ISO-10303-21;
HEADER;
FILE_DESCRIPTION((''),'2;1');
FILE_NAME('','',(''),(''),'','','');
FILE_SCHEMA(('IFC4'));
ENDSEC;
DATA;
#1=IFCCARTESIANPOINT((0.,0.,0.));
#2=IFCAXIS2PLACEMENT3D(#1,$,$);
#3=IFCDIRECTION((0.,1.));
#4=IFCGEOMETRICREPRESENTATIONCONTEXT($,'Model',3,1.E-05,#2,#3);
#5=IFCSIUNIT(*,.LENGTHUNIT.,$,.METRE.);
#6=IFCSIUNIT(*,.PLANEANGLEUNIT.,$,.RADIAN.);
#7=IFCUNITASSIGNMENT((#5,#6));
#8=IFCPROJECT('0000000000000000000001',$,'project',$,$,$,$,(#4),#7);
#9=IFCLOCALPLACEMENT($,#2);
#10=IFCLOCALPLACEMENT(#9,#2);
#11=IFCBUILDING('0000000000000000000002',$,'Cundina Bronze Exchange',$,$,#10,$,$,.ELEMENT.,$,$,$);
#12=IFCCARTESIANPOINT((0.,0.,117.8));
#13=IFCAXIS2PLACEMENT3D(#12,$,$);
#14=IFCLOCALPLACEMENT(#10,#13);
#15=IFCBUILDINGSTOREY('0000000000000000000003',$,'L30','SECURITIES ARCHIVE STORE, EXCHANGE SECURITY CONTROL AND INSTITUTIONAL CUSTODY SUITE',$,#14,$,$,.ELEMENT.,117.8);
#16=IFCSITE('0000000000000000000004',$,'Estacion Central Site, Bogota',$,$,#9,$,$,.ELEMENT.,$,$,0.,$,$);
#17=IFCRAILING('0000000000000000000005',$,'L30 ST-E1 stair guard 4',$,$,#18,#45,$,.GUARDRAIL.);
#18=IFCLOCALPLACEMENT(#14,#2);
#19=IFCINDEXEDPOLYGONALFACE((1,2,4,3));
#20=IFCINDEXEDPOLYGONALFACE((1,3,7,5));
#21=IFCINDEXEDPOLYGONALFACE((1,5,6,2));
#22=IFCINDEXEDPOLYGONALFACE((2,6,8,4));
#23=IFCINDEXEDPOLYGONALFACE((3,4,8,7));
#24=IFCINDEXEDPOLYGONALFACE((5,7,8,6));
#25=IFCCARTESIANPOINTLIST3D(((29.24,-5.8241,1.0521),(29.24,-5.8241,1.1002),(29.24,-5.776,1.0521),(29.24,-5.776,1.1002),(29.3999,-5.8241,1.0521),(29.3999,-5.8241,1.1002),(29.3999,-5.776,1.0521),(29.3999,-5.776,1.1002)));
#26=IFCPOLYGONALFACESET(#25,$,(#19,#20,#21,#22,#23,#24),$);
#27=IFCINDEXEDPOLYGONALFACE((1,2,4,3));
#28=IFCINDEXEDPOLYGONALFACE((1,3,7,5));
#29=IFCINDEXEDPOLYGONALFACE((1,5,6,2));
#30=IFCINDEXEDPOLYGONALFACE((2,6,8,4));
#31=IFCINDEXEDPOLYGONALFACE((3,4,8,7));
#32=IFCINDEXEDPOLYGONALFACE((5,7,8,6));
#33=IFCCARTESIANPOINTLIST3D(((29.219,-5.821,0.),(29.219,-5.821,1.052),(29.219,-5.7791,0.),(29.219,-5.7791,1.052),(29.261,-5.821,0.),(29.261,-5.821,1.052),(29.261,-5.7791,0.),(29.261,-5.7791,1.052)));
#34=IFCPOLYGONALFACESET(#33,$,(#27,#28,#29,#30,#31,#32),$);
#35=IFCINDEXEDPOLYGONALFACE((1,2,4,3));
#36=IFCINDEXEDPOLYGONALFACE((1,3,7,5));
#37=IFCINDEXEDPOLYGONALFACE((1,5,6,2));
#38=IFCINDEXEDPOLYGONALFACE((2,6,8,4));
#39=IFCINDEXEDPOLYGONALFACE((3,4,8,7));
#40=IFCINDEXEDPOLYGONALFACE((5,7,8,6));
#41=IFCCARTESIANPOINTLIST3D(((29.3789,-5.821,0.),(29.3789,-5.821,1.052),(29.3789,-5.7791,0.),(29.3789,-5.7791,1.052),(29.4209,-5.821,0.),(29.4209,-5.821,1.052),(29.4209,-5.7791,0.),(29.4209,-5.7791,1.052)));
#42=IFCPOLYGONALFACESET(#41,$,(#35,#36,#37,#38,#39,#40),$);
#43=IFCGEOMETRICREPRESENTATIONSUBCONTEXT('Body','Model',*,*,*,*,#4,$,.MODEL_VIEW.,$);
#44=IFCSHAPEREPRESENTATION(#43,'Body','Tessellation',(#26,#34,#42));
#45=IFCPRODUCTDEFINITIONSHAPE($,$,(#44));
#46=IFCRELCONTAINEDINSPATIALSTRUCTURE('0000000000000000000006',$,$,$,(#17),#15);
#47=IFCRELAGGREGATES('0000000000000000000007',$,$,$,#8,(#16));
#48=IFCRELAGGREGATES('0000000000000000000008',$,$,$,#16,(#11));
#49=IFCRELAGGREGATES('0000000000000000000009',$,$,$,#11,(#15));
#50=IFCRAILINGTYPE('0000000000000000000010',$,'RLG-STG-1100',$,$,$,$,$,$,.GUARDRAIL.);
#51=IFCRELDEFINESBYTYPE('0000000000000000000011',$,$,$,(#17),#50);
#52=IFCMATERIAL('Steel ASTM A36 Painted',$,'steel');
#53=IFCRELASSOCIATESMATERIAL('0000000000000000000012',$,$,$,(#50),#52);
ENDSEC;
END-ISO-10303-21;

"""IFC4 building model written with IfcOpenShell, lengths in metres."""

from ifc_helpers import new_model, si_unit, direction, frame, origin, origin_2d, place, context, subcontext, project, spatial, rectangle, extrude, material, type_object, element, save


model = new_model("IFC4")

# Units and contexts
model_context = context("Model", 3, precision=1e-05, world=origin(), true_north=direction((0.0, 1.0)))
body_context = subcontext(model_context, "Body", "Model", "MODEL_VIEW")
ifc_project = project(units=[si_unit("LENGTHUNIT", "METRE"), si_unit("PLANEANGLEUNIT", "RADIAN")], contexts=[model_context])

# Site, building, storey
site_placement = place(None, origin())
site = spatial("IfcSite", under=ifc_project, at=site_placement, Name="Estacion Central Site, Bogota", CompositionType="ELEMENT", RefElevation=0.0)
building_placement = place(site_placement, origin())
building = spatial("IfcBuilding", under=site, at=building_placement, Name="Cundina Bronze Exchange", CompositionType="ELEMENT")
storey_placement = place(building_placement, frame((0.0, 0.0, 117.8)))
storey = spatial("IfcBuildingStorey", under=building, at=storey_placement, Name="L30", Description="SECURITIES ARCHIVE STORE, EXCHANGE SECURITY CONTROL AND INSTITUTIONAL CUSTODY SUITE", CompositionType="ELEMENT", Elevation=117.8)

# Railing
ifc_material_1 = material(Name="Steel ASTM A36 Painted", Category="steel")
railing_type_1 = type_object("IfcRailingType", Name="RLG-STG-1100", PredefinedType="GUARDRAIL", material=ifc_material_1)
railing_1_placement = place(storey_placement, frame((29.24, -5.8, 0.0)))
element("IfcRailing", 1, at=railing_1_placement, inside=storey, type_object=railing_type_1, Name="L30 ST-E1 stair guard 4", PredefinedType="GUARDRAIL", context=body_context, shape_type="SweptSolid", body=[
    extrude(rectangle(XDim=0.0481, YDim=0.0481, at=origin_2d()), frame((0.0, 0.0, 1.0762), z_axis=(1.0, 0.0, 0.0), x_axis=(0.0, 1.0, 0.0)), (0.0, 0.0, 1.0), 0.1599),
    extrude(rectangle(XDim=0.042, YDim=0.042, at=origin_2d()), origin(), (0.0, 0.0, 1.0), 1.052),
    extrude(rectangle(XDim=0.042, YDim=0.042, at=origin_2d()), frame((0.1599, 0.0, 0.0)), (0.0, 0.0, 1.0), 1.052),
])

save(model, "model.ifc")
